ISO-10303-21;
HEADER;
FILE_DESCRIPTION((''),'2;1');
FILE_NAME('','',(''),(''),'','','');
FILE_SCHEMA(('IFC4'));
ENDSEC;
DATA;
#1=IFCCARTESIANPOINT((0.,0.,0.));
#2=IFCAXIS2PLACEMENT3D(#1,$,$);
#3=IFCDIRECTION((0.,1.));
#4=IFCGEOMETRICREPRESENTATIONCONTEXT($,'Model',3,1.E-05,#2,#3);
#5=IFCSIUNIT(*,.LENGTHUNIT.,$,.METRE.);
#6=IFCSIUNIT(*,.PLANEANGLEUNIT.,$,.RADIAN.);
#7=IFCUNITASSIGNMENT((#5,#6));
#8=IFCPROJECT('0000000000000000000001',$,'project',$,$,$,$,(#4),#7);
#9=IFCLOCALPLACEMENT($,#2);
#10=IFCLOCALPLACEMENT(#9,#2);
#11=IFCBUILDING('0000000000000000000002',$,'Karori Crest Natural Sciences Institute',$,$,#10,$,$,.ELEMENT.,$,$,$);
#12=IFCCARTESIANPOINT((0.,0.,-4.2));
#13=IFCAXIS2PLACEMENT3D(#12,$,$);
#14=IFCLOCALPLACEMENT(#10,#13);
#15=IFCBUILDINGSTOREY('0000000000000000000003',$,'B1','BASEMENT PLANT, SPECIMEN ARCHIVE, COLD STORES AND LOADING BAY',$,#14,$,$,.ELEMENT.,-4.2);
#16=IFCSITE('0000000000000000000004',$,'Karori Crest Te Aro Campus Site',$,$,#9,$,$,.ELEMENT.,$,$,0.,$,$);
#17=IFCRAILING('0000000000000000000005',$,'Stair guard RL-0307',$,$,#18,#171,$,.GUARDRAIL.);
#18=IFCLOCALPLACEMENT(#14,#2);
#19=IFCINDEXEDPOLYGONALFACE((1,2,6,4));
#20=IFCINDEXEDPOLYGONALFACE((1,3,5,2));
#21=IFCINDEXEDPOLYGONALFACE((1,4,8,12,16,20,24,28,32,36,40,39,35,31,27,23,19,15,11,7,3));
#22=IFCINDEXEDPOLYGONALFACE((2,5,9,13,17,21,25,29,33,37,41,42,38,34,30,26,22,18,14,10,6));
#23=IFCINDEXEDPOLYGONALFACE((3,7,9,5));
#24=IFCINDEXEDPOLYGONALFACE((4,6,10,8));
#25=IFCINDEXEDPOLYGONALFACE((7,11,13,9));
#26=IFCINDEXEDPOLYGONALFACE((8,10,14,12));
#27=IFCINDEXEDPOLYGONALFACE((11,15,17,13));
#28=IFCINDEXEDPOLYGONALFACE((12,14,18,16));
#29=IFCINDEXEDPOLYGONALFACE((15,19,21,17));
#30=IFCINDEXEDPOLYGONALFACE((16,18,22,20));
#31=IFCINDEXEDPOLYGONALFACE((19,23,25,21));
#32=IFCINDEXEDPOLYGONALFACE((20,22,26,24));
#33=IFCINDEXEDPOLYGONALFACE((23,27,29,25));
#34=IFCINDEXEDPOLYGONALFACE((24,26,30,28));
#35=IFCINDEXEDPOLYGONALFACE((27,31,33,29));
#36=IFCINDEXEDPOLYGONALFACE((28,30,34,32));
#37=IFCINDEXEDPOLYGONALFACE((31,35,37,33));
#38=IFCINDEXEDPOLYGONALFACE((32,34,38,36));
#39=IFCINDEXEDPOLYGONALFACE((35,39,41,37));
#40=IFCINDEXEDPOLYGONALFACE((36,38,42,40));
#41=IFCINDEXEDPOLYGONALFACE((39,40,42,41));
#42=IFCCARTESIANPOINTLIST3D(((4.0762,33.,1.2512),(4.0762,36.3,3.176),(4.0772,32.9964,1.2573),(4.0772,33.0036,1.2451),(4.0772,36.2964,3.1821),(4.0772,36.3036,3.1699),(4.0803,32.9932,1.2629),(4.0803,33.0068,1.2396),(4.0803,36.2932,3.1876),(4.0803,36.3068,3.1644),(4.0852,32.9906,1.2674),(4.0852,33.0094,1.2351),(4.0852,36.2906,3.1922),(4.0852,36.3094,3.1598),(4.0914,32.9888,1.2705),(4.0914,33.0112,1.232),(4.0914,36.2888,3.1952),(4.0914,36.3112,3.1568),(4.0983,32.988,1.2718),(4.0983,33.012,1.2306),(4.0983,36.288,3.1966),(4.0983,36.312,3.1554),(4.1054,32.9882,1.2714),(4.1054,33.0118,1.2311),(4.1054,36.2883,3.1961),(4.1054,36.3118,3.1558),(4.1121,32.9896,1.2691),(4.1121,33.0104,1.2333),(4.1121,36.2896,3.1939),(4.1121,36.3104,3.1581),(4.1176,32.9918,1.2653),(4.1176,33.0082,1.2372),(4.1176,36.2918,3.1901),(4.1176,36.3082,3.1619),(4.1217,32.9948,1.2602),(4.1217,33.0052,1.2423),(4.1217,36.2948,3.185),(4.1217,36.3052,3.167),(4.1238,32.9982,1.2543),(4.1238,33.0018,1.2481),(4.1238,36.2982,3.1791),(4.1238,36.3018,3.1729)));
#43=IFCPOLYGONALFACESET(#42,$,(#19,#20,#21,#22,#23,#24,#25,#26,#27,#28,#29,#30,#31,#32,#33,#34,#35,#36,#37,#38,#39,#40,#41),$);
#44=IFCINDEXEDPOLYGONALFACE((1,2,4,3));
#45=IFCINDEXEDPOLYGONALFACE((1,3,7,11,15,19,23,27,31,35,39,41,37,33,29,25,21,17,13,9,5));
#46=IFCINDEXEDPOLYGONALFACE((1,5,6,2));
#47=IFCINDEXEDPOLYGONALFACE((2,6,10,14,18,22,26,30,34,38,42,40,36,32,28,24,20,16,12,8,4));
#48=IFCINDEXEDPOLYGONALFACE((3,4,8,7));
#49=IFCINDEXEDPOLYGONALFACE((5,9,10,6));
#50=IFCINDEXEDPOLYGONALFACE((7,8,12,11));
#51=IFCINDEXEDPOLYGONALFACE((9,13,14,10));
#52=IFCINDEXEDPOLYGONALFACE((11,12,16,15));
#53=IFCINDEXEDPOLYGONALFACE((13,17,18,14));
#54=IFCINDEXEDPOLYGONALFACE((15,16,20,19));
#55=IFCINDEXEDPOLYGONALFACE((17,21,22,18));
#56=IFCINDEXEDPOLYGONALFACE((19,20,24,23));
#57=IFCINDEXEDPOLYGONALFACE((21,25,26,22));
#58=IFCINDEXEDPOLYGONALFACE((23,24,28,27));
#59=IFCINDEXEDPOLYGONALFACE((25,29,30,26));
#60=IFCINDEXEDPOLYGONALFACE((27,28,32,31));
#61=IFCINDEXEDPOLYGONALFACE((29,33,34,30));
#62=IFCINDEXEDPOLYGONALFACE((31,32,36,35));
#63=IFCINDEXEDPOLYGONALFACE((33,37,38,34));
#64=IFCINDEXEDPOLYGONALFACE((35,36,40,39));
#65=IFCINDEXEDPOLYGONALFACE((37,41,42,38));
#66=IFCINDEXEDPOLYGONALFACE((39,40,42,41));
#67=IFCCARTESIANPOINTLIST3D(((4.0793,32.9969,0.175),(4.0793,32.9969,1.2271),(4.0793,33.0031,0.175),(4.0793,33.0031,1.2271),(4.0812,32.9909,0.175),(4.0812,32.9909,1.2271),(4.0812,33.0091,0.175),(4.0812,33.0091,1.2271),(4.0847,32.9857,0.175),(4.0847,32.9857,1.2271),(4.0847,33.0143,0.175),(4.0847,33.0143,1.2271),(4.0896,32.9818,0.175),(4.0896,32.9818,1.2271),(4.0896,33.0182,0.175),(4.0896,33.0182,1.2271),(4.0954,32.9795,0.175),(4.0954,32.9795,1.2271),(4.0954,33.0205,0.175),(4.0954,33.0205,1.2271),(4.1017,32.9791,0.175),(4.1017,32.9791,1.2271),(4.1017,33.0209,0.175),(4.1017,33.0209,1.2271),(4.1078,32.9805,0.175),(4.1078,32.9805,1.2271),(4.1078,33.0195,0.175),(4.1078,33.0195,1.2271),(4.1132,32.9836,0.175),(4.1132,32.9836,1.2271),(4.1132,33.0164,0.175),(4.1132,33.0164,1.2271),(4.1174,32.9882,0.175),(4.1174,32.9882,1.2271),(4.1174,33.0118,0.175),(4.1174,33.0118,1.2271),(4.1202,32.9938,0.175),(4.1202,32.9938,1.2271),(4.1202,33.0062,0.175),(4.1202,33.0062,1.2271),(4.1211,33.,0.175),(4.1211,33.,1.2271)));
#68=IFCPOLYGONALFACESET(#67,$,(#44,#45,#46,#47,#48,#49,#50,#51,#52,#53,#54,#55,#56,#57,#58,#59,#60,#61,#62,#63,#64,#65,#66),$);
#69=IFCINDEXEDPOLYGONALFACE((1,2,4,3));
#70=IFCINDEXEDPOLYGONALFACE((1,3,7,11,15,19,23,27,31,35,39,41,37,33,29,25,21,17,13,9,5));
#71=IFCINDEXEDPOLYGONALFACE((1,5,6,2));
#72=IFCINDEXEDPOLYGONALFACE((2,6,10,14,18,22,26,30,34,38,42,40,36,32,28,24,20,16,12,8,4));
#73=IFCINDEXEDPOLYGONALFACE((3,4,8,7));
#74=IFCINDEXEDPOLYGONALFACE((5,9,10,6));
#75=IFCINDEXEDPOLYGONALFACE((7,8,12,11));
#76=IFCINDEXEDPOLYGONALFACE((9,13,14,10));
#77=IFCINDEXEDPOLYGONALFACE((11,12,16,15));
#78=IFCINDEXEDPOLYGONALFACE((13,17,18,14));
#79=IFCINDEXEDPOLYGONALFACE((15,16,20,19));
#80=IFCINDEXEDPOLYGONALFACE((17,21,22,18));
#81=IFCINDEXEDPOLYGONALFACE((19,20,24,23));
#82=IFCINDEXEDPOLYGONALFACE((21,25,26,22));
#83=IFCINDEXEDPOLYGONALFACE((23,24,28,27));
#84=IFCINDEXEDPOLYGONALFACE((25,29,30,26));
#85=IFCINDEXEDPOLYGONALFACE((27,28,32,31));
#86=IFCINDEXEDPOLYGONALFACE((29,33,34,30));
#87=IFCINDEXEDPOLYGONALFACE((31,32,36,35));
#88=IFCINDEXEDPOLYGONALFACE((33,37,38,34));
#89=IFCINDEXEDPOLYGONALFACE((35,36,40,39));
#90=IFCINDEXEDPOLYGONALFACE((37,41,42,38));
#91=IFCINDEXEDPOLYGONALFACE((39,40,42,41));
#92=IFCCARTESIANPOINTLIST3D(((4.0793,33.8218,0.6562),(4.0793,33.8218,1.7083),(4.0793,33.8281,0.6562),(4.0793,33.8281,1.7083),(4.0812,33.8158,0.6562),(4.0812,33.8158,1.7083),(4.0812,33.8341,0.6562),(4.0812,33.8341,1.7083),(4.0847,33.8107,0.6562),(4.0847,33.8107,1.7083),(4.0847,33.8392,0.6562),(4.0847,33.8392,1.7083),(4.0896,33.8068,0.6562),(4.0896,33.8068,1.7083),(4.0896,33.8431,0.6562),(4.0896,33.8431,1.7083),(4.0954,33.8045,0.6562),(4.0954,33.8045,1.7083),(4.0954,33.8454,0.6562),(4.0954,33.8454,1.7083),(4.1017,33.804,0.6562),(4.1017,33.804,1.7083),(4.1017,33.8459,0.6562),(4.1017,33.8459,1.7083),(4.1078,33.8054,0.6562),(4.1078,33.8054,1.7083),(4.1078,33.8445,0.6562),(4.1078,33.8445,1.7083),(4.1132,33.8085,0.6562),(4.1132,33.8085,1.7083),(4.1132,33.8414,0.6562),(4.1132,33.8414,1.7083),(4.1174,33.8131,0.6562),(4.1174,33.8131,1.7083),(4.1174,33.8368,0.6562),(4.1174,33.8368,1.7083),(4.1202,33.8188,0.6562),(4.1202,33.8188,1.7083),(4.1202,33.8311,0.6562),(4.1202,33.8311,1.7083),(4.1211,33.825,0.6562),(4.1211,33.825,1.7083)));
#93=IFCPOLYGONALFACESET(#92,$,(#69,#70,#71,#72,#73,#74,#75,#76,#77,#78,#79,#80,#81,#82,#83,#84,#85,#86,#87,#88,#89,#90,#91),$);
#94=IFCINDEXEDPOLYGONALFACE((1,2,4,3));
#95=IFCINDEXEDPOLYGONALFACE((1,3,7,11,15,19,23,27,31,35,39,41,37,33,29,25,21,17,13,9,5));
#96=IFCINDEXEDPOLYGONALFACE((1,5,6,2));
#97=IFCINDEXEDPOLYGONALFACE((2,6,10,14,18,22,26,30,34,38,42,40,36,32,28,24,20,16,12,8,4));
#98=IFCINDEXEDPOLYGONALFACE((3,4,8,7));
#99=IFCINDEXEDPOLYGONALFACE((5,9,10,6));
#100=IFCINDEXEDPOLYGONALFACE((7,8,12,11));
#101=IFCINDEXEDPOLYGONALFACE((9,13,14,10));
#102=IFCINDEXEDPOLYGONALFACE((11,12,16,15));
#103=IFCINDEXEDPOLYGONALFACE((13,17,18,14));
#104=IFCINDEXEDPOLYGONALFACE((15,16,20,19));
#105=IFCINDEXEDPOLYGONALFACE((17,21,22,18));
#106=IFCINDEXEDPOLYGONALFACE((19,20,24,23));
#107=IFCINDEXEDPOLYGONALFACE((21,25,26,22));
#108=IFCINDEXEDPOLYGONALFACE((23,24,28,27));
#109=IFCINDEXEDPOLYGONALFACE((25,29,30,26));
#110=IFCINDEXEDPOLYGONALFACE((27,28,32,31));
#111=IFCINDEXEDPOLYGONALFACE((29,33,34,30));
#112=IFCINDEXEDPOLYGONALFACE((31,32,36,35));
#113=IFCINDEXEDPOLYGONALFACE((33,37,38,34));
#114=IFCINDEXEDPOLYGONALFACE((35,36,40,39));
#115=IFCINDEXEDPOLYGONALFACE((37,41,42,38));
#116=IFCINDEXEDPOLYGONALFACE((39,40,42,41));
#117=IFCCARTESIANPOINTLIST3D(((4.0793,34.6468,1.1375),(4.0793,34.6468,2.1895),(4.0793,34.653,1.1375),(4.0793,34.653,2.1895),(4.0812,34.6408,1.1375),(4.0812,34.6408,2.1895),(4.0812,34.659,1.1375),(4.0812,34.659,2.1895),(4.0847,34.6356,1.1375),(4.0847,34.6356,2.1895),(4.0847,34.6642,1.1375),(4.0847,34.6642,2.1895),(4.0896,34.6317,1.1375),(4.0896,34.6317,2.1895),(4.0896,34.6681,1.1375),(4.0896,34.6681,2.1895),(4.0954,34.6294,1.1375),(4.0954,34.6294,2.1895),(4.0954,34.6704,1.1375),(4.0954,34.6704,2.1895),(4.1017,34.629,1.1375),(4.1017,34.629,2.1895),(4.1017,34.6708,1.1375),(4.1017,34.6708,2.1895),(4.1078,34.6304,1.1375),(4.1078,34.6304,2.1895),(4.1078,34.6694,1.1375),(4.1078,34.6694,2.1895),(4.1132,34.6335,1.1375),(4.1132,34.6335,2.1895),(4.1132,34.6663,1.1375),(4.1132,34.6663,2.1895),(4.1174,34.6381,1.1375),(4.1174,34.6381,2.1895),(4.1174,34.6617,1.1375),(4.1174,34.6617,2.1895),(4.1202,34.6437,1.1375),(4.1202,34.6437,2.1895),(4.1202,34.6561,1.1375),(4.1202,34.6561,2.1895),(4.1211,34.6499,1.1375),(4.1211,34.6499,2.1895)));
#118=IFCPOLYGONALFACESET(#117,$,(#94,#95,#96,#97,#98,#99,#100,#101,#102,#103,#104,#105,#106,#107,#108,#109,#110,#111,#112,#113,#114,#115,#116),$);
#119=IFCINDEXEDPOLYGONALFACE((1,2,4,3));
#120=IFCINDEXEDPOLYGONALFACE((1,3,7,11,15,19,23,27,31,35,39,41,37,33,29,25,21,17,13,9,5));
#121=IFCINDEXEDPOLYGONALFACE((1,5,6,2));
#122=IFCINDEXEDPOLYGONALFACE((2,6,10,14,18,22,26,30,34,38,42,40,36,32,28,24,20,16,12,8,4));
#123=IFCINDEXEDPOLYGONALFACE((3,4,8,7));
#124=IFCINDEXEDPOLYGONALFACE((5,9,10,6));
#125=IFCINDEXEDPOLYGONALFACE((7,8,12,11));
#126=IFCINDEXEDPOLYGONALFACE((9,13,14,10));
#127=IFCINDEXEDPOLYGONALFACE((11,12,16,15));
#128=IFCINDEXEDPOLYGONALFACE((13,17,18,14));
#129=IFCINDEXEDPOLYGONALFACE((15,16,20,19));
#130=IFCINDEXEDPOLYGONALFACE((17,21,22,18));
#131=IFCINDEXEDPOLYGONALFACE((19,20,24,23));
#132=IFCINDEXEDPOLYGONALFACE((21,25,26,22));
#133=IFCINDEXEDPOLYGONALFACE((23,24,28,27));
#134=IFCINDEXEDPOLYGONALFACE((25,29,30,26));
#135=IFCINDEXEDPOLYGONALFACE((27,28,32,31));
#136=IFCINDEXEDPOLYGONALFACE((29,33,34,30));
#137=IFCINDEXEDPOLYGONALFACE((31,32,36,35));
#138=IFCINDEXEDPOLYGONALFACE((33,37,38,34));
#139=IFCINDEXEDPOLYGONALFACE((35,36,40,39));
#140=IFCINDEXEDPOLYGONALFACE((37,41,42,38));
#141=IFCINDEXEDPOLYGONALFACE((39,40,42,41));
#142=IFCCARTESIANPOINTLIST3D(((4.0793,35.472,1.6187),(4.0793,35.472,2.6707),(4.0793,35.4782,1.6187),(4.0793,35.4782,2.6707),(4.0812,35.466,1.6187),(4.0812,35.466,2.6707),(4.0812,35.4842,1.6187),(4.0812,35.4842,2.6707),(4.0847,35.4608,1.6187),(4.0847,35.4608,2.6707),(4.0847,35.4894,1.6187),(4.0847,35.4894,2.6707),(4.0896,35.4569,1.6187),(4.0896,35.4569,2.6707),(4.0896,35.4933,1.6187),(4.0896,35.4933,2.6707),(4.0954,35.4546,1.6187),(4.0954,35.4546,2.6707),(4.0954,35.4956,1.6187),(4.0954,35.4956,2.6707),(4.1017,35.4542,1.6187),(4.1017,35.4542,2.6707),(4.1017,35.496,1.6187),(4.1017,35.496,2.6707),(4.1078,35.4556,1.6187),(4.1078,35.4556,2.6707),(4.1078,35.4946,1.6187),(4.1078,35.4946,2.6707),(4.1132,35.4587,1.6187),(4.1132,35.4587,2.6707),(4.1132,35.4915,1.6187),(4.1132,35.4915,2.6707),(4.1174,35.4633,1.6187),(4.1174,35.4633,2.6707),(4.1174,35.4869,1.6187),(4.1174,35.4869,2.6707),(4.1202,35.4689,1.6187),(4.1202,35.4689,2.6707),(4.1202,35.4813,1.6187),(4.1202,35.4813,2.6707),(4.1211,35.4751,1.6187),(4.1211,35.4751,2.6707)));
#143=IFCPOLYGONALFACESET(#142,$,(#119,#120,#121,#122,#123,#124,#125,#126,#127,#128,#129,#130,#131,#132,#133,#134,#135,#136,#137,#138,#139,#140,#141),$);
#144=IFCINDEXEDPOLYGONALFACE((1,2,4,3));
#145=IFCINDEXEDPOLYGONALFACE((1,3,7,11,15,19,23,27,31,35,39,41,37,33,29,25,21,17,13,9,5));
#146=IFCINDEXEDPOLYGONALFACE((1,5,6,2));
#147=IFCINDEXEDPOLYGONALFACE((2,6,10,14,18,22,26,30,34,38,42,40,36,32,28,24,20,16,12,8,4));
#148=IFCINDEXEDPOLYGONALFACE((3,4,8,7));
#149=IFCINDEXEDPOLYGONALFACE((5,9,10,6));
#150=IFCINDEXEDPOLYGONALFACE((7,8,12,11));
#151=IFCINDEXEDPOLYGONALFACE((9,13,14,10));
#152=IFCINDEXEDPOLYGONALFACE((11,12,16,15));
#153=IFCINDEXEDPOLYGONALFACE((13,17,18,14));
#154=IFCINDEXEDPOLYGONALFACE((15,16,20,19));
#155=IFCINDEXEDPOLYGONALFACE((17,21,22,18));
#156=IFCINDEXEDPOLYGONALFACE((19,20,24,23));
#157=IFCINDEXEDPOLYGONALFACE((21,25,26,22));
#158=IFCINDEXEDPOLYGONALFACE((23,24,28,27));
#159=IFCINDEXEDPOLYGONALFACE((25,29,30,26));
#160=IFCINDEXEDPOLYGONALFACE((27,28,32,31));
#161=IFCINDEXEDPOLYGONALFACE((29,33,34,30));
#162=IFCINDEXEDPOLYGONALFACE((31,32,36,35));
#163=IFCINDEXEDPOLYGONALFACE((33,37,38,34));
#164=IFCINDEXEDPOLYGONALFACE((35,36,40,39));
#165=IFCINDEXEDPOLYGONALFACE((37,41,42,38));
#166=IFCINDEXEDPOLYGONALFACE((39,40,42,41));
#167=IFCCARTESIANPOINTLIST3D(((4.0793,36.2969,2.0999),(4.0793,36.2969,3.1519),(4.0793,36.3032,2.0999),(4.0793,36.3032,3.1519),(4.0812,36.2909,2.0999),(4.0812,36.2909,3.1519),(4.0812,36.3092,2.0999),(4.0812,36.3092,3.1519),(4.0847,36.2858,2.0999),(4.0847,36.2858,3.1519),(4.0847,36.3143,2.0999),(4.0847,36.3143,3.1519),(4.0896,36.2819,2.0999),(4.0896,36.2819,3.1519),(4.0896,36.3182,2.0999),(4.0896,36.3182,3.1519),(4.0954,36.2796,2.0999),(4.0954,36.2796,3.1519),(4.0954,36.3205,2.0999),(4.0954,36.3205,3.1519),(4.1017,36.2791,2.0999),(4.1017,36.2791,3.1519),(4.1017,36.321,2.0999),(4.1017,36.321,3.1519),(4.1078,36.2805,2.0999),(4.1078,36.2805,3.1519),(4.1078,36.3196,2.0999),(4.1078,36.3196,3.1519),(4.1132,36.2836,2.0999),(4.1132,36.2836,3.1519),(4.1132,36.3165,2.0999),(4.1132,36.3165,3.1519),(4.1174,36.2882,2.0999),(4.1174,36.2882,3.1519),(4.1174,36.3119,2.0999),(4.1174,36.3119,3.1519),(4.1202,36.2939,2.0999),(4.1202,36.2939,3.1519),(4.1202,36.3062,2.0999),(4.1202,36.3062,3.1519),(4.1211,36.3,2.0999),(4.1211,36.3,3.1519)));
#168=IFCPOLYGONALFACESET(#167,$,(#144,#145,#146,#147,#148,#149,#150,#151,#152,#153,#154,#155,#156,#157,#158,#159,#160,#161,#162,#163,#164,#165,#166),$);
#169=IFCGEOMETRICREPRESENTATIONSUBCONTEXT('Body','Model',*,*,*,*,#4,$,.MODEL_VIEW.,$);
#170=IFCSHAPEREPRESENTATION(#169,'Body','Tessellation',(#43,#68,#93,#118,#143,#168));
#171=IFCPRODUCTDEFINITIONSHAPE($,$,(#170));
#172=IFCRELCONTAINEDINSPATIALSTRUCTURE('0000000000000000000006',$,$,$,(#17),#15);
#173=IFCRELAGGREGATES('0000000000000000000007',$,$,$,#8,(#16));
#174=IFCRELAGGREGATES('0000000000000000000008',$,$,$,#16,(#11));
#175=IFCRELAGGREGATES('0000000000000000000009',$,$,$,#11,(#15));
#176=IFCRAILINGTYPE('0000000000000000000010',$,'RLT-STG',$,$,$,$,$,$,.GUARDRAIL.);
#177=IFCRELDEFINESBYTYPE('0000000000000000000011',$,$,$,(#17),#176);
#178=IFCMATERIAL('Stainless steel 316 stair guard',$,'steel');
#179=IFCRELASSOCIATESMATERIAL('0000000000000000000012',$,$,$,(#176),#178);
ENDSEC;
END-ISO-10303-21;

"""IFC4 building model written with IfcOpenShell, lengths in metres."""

from ifc_helpers import new_model, si_unit, direction, frame, origin, origin_2d, place, context, subcontext, project, spatial, circle, extrude, material, type_object, element, save


model = new_model("IFC4")

# Units and contexts
model_context = context("Model", 3, precision=1e-05, world=origin(), true_north=direction((0.0, 1.0)))
body_context = subcontext(model_context, "Body", "Model", "MODEL_VIEW")
ifc_project = project(units=[si_unit("LENGTHUNIT", "METRE"), si_unit("PLANEANGLEUNIT", "RADIAN")], contexts=[model_context])

# Site, building, storey
site_placement = place(None, origin())
site = spatial("IfcSite", under=ifc_project, at=site_placement, Name="Karori Crest Te Aro Campus Site", CompositionType="ELEMENT", RefElevation=0.0)
building_placement = place(site_placement, origin())
building = spatial("IfcBuilding", under=site, at=building_placement, Name="Karori Crest Natural Sciences Institute", CompositionType="ELEMENT")
storey_placement = place(building_placement, frame((0.0, 0.0, -4.2)))
storey = spatial("IfcBuildingStorey", under=building, at=storey_placement, Name="B1", Description="BASEMENT PLANT, SPECIMEN ARCHIVE, COLD STORES AND LOADING BAY", CompositionType="ELEMENT", Elevation=-4.2)

# Railing
ifc_material_1 = material(Name="Stainless steel 316 stair guard", Category="steel")
railing_type_1 = type_object("IfcRailingType", Name="RLT-STG", PredefinedType="GUARDRAIL", material=ifc_material_1)
railing_1_placement = place(storey_placement, frame((4.1001, 33.0, 0.175)))
element("IfcRailing", 1, at=railing_1_placement, inside=storey, type_object=railing_type_1, Name="Stair guard RL-0307", PredefinedType="GUARDRAIL", context=body_context, shape_type="SweptSolid", body=[
    extrude(circle(Radius=0.0239, at=origin_2d()), frame((0.0, 0.0, 1.0762), z_axis=(0.0, 0.863804, 0.503827), x_axis=(-1.0, 0.0, 0.0)), (0.0, 0.0, 1.0), 3.8203),
    extrude(circle(Radius=0.021, at=origin_2d()), origin(), (0.0, 0.0, 1.0), 1.052),
    extrude(circle(Radius=0.021, at=origin_2d()), frame((0.0, 0.825, 0.4812)), (0.0, 0.0, 1.0), 1.052),
    extrude(circle(Radius=0.021, at=origin_2d()), frame((0.0, 1.6499, 0.9624)), (0.0, 0.0, 1.0), 1.052),
    extrude(circle(Radius=0.021, at=origin_2d()), frame((0.0, 2.4751, 1.4436)), (0.0, 0.0, 1.0), 1.052),
    extrude(circle(Radius=0.021, at=origin_2d()), frame((0.0, 3.3, 1.9248)), (0.0, 0.0, 1.0), 1.052),
])

save(model, "model.ifc")
